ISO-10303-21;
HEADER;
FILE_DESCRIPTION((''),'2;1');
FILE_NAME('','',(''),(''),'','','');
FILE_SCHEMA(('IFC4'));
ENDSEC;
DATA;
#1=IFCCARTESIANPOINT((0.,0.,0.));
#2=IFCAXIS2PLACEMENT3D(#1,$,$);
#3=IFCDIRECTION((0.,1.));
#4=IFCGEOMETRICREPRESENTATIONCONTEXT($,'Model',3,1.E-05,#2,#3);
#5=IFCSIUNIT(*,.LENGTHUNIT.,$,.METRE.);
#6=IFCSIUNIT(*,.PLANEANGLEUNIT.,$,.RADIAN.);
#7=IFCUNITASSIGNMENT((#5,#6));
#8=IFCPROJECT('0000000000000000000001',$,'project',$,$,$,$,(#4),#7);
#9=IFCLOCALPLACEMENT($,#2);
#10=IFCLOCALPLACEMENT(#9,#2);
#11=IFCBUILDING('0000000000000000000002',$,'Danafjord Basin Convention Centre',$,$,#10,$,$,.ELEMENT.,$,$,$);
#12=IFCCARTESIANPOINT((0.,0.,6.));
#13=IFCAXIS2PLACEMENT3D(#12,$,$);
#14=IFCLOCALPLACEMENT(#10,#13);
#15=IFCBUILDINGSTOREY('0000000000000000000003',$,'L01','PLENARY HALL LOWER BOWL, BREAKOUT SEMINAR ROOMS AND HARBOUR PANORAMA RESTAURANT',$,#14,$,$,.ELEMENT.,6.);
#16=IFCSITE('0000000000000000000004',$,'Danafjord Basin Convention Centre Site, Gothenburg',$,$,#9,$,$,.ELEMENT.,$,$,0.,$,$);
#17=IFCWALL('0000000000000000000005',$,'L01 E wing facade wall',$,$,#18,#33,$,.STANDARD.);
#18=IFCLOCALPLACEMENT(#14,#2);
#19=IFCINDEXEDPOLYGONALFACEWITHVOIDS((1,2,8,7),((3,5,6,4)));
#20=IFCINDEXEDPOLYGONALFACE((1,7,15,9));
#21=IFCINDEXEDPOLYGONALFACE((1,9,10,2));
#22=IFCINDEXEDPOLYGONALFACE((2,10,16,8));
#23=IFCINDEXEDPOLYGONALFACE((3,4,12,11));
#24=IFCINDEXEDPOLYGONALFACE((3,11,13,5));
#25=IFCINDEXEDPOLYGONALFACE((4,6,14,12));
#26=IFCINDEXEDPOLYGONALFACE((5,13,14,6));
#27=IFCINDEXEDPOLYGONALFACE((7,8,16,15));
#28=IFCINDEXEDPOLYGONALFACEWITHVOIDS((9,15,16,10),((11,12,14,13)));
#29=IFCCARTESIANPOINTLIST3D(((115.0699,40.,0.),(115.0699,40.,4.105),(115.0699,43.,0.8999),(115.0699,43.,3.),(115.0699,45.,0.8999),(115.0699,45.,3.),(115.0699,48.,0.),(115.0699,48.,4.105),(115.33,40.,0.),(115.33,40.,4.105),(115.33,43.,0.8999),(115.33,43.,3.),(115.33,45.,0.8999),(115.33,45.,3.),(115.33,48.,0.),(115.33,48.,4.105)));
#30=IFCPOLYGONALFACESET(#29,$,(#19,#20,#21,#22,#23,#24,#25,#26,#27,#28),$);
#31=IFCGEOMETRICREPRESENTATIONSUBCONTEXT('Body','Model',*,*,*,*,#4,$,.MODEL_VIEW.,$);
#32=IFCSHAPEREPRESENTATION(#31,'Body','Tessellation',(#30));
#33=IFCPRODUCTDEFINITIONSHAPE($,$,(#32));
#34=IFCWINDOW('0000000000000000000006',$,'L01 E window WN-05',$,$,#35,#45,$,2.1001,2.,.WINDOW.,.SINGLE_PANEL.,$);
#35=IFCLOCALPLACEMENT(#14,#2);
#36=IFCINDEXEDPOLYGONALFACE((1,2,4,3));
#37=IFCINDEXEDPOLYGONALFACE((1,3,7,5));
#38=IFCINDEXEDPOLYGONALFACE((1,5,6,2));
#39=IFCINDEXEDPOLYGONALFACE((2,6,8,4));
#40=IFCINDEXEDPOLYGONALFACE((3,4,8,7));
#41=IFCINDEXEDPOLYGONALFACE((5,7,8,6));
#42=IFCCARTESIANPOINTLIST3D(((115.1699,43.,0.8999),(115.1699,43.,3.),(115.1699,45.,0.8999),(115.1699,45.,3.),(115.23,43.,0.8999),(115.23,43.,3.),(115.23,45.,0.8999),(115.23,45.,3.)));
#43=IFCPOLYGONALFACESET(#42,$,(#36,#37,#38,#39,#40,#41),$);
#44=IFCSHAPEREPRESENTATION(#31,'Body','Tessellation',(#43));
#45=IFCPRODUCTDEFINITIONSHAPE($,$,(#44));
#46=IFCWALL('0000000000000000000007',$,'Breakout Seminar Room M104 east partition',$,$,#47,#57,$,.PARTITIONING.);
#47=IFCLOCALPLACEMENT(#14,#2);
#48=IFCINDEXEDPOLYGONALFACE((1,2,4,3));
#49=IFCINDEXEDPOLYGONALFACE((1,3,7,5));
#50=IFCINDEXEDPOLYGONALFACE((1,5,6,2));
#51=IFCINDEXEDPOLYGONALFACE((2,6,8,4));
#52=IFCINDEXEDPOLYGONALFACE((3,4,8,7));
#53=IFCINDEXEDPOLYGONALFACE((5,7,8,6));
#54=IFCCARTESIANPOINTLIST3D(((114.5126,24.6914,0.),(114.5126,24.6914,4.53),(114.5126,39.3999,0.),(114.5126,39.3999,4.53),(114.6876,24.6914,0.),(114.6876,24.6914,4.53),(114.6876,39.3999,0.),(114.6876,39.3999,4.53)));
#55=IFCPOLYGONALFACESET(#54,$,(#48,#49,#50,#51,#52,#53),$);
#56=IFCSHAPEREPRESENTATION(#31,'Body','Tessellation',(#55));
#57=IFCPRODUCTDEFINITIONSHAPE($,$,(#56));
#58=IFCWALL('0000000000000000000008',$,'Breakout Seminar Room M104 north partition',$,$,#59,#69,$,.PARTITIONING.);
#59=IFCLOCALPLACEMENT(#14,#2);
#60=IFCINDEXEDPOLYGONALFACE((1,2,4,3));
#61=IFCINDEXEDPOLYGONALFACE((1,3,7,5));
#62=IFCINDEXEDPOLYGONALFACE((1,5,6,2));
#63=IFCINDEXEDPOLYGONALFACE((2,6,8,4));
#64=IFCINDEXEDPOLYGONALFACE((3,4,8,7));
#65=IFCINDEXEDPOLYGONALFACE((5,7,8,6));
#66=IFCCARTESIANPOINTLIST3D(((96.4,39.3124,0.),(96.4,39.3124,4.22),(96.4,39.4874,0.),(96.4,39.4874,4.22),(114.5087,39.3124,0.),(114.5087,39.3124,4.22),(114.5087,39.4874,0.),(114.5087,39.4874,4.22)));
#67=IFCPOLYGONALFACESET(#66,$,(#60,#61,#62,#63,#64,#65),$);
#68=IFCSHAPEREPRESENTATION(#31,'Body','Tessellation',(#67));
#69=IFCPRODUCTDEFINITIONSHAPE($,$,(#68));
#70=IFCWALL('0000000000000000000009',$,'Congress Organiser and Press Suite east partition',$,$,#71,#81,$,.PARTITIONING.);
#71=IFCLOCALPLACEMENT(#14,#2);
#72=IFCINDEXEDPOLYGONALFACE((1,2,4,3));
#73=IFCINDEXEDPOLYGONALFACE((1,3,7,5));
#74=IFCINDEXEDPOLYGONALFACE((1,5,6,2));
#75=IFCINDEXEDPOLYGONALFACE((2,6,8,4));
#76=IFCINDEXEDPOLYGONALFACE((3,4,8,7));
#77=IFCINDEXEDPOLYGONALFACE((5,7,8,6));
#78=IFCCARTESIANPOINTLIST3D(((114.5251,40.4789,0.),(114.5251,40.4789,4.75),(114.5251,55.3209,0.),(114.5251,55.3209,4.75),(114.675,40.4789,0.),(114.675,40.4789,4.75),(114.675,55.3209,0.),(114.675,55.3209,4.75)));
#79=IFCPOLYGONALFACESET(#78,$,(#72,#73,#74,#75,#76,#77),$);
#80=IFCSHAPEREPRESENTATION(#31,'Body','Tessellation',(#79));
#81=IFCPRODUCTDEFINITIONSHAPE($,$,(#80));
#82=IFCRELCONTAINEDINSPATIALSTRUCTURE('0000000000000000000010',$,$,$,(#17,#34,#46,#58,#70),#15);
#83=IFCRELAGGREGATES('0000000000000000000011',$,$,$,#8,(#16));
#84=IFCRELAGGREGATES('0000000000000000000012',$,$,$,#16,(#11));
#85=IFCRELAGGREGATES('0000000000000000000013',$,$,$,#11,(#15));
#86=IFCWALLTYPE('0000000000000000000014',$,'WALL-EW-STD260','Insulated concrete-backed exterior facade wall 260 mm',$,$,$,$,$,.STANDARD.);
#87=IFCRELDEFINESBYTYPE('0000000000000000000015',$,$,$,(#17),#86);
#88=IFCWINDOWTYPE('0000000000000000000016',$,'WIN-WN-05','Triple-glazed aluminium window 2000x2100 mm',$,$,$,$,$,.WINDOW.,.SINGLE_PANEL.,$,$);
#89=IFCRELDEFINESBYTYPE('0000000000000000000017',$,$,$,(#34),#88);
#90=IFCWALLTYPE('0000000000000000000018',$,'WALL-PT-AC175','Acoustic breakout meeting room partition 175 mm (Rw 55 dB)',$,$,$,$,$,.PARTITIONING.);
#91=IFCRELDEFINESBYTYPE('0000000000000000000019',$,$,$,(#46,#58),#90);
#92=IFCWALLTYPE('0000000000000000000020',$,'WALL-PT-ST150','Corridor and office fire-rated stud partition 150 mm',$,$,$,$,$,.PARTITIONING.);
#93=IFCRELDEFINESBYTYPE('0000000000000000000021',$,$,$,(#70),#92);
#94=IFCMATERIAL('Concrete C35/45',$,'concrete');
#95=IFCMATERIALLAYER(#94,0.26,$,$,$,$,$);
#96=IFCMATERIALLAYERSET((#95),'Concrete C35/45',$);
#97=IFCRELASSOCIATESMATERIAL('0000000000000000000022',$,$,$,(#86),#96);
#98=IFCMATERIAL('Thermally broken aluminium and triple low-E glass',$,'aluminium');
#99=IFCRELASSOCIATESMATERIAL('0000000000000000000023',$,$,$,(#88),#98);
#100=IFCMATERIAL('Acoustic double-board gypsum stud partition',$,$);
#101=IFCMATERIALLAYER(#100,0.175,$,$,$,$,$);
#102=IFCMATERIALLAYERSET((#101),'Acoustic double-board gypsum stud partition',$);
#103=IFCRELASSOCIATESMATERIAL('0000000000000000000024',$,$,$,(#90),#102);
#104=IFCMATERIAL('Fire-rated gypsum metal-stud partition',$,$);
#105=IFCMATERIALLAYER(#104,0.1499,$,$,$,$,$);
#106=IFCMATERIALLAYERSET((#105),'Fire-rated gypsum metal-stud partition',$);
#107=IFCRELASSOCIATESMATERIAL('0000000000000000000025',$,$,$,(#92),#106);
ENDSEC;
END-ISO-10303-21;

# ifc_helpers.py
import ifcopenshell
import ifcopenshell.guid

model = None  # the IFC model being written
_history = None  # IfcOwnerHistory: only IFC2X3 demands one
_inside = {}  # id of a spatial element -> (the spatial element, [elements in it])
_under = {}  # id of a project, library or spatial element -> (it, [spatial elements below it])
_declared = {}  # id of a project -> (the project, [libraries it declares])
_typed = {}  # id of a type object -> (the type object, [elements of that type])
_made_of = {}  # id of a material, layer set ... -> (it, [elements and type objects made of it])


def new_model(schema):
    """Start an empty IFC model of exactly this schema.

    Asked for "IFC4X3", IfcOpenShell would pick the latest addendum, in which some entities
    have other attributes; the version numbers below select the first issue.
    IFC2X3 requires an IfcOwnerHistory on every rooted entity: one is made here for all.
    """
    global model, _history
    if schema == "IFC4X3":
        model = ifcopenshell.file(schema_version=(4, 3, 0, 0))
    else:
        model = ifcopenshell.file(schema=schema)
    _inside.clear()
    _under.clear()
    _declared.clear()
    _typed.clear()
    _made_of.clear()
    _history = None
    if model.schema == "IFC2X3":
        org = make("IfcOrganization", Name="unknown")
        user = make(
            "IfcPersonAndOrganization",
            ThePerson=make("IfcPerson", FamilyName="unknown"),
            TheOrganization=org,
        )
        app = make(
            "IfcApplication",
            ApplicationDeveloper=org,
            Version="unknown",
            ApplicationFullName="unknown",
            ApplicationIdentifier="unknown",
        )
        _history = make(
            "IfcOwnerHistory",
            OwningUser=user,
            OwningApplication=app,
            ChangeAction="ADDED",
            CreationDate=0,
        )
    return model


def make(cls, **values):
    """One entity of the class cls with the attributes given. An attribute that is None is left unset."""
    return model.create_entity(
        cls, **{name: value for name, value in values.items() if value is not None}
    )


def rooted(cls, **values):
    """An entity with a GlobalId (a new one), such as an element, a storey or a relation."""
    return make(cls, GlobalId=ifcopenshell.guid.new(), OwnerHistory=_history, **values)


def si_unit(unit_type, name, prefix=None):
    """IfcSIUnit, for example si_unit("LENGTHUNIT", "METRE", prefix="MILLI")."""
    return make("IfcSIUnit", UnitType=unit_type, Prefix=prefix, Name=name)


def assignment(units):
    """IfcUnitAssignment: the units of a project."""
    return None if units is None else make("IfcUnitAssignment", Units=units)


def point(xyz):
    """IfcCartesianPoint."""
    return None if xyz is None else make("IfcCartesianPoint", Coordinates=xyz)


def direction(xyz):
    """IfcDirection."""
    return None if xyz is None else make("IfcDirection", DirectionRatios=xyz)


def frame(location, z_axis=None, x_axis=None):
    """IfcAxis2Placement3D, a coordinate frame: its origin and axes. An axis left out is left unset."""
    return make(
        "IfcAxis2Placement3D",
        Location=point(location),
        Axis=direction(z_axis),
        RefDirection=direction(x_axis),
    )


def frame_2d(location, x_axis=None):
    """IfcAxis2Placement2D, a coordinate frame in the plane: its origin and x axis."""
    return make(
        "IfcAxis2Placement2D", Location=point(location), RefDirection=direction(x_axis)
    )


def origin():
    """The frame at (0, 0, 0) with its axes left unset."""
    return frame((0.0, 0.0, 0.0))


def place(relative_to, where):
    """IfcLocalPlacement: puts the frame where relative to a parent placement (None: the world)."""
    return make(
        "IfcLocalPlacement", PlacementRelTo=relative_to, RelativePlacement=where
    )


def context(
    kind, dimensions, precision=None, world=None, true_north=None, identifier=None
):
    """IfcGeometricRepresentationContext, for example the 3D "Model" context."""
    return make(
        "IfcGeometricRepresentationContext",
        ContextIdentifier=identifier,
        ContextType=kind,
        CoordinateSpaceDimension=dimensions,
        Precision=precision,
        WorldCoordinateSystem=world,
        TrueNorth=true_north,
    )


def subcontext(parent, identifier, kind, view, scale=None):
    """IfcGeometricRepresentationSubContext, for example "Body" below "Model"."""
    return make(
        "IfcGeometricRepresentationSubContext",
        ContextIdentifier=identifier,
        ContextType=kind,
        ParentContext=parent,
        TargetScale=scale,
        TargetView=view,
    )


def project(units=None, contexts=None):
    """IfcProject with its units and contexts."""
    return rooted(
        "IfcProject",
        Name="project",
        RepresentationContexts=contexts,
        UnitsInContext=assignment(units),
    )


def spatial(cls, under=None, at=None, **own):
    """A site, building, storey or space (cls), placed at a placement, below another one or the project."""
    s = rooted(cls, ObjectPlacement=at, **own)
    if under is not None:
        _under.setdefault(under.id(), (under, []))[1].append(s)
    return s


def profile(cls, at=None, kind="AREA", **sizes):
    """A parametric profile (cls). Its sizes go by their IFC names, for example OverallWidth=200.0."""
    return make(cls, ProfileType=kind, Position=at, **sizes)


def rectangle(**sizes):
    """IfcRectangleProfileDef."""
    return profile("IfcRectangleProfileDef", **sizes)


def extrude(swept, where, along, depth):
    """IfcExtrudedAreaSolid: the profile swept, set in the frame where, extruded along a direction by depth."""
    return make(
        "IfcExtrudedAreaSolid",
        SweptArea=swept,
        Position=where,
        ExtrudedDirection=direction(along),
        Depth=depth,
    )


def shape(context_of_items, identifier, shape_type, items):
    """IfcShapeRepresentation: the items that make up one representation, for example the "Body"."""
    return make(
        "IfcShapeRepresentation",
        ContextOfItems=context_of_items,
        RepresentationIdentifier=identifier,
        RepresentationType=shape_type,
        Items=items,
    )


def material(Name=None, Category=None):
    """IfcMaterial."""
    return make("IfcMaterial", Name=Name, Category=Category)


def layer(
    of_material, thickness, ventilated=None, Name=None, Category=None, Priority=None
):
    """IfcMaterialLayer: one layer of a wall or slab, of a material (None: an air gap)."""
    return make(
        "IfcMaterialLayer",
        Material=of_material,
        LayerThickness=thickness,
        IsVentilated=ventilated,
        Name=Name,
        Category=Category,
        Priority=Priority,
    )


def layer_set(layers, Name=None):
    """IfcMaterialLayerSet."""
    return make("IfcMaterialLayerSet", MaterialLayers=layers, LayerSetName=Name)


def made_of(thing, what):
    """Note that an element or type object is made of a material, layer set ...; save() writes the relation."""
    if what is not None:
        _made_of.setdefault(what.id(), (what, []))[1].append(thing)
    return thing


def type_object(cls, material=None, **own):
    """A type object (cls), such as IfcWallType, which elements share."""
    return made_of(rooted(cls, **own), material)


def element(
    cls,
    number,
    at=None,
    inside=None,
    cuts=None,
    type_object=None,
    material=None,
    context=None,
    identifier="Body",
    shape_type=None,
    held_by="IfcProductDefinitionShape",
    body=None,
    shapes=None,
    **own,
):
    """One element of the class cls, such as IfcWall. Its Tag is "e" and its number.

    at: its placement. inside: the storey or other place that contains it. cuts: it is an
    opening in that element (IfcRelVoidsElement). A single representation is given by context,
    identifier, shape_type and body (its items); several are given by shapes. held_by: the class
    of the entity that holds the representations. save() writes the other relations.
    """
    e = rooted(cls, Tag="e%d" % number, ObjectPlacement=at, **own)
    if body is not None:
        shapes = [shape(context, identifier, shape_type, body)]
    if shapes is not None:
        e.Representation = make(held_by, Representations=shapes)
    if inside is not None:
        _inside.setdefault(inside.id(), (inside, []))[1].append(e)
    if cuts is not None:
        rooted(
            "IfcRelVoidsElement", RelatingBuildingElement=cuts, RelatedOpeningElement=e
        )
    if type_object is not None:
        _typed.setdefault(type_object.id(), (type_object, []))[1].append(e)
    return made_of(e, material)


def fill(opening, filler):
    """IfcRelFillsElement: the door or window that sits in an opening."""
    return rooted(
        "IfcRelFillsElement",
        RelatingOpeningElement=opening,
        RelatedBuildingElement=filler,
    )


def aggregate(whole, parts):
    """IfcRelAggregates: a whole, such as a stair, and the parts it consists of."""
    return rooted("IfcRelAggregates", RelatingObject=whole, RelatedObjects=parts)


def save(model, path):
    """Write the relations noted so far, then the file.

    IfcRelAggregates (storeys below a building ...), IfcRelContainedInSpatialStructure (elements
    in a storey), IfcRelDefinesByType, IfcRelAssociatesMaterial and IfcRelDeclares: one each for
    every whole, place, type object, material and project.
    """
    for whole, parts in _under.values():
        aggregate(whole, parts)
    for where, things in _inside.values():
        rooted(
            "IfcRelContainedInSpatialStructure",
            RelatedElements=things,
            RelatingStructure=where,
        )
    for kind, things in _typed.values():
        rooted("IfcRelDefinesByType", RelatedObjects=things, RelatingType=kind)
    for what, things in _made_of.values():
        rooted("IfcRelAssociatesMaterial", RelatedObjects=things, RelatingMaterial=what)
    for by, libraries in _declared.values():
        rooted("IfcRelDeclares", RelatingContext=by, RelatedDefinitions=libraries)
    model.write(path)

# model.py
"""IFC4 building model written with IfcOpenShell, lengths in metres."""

from ifc_helpers import new_model, si_unit, direction, frame, frame_2d, origin, place, context, subcontext, project, spatial, rectangle, extrude, material, layer, layer_set, type_object, element, fill, save


model = new_model("IFC4")

# Units and contexts
model_context = context("Model", 3, precision=1e-05, world=origin(), true_north=direction((0.0, 1.0)))
body_context = subcontext(model_context, "Body", "Model", "MODEL_VIEW")
ifc_project = project(units=[si_unit("LENGTHUNIT", "METRE"), si_unit("PLANEANGLEUNIT", "RADIAN")], contexts=[model_context])

# Site, building, storey
site_placement = place(None, origin())
site = spatial("IfcSite", under=ifc_project, at=site_placement, Name="Danafjord Basin Convention Centre Site, Gothenburg", CompositionType="ELEMENT", RefElevation=0.0)
building_placement = place(site_placement, origin())
building = spatial("IfcBuilding", under=site, at=building_placement, Name="Danafjord Basin Convention Centre", CompositionType="ELEMENT")
storey_placement = place(building_placement, frame((0.0, 0.0, 6.0)))
storey = spatial("IfcBuildingStorey", under=building, at=storey_placement, Name="L01", Description="PLENARY HALL LOWER BOWL, BREAKOUT SEMINAR ROOMS AND HARBOUR PANORAMA RESTAURANT", CompositionType="ELEMENT", Elevation=6.0)

# Wall, opening, window
ifc_material_1 = material(Name="Concrete C35/45", Category="concrete")
ifc_layer_1 = layer(ifc_material_1, 0.26)
ifc_layer_set_1 = layer_set([ifc_layer_1], Name="Concrete C35/45")
wall_type_1 = type_object("IfcWallType", Name="WALL-EW-STD260", Description="Insulated concrete-backed exterior facade wall 260 mm", PredefinedType="STANDARD", material=ifc_layer_set_1)
ifc_material_2 = material(Name="Thermally broken aluminium and triple low-E glass", Category="aluminium")
wall_1_placement = place(storey_placement, frame((115.2, 40.0, 0.0), z_axis=(0.0, 0.0, 1.0), x_axis=(0.0, 1.0, 0.0)))
wall_1 = element("IfcWall", 1, at=wall_1_placement, inside=storey, type_object=wall_type_1, Name="L01 E wing facade wall", PredefinedType="STANDARD", context=body_context, shape_type="SweptSolid", body=[
    extrude(rectangle(XDim=8.0, YDim=0.26, at=frame_2d((4.0, 0.0))), origin(), (0.0, 0.0, 1.0), 4.105),
])
opening_1_placement = place(wall_1_placement, frame((3.0, 0.0, 0.8999)))
opening_1 = element("IfcOpeningElement", 2, at=opening_1_placement, cuts=wall_1, PredefinedType="OPENING", context=body_context, shape_type="SweptSolid", body=[
    extrude(rectangle(XDim=2.0, YDim=2.1001, at=frame_2d((1.0, 1.05))), frame((0.0, 0.1399, 0.0), z_axis=(0.0, -1.0, 0.0), x_axis=(1.0, 0.0, 0.0)), (0.0, 0.0, 1.0), 0.28),
])
window_type_1 = type_object("IfcWindowType", Name="WIN-WN-05", Description="Triple-glazed aluminium window 2000x2100 mm", PartitioningType="SINGLE_PANEL", PredefinedType="WINDOW", material=ifc_material_2)
window_1_placement = place(opening_1_placement, origin())
window_1 = element("IfcWindow", 3, at=window_1_placement, inside=storey, type_object=window_type_1, Name="L01 E window WN-05", OverallHeight=2.1001, OverallWidth=2.0, PartitioningType="SINGLE_PANEL", PredefinedType="WINDOW", context=body_context, shape_type="SweptSolid", body=[
    extrude(rectangle(XDim=2.0, YDim=2.1001, at=frame_2d((1.0, 1.05))), frame((0.0, 0.03, 0.0), z_axis=(0.0, -1.0, 0.0), x_axis=(1.0, 0.0, 0.0)), (0.0, 0.0, 1.0), 0.0601),
])
fill(opening_1, window_1)

# Walls
ifc_material_3 = material(Name="Acoustic double-board gypsum stud partition")
ifc_layer_2 = layer(ifc_material_3, 0.175)
ifc_layer_set_2 = layer_set([ifc_layer_2], Name="Acoustic double-board gypsum stud partition")
wall_type_2 = type_object("IfcWallType", Name="WALL-PT-AC175", Description="Acoustic breakout meeting room partition 175 mm (Rw 55 dB)", PredefinedType="PARTITIONING", material=ifc_layer_set_2)
wall_2_placement = place(storey_placement, frame((114.6001, 24.6914, 0.0), z_axis=(0.0, 0.0, 1.0), x_axis=(0.0, 1.0, 0.0)))
element("IfcWall", 4, at=wall_2_placement, inside=storey, type_object=wall_type_2, Name="Breakout Seminar Room M104 east partition", PredefinedType="PARTITIONING", context=body_context, shape_type="SweptSolid", body=[
    extrude(rectangle(XDim=14.7085, YDim=0.175, at=frame_2d((7.3542, 0.0))), origin(), (0.0, 0.0, 1.0), 4.53),
])
wall_3_placement = place(storey_placement, frame((114.5085, 39.3999, 0.0), z_axis=(0.0, 0.0, 1.0), x_axis=(-1.0, 0.0, 0.0)))
element("IfcWall", 5, at=wall_3_placement, inside=storey, type_object=wall_type_2, Name="Breakout Seminar Room M104 north partition", PredefinedType="PARTITIONING", context=body_context, shape_type="SweptSolid", body=[
    extrude(rectangle(XDim=18.1086, YDim=0.175, at=frame_2d((9.0542, 0.0))), origin(), (0.0, 0.0, 1.0), 4.22),
])
ifc_material_4 = material(Name="Fire-rated gypsum metal-stud partition")
ifc_layer_3 = layer(ifc_material_4, 0.1499)
ifc_layer_set_3 = layer_set([ifc_layer_3], Name="Fire-rated gypsum metal-stud partition")
wall_type_3 = type_object("IfcWallType", Name="WALL-PT-ST150", Description="Corridor and office fire-rated stud partition 150 mm", PredefinedType="PARTITIONING", material=ifc_layer_set_3)
wall_4_placement = place(storey_placement, frame((114.6001, 40.479, 0.0), z_axis=(0.0, 0.0, 1.0), x_axis=(0.0, 1.0, 0.0)))
element("IfcWall", 6, at=wall_4_placement, inside=storey, type_object=wall_type_3, Name="Congress Organiser and Press Suite east partition", PredefinedType="PARTITIONING", context=body_context, shape_type="SweptSolid", body=[
    extrude(rectangle(XDim=14.842, YDim=0.1499, at=frame_2d((7.4209, 0.0))), origin(), (0.0, 0.0, 1.0), 4.75),
])

save(model, "model.ifc")
